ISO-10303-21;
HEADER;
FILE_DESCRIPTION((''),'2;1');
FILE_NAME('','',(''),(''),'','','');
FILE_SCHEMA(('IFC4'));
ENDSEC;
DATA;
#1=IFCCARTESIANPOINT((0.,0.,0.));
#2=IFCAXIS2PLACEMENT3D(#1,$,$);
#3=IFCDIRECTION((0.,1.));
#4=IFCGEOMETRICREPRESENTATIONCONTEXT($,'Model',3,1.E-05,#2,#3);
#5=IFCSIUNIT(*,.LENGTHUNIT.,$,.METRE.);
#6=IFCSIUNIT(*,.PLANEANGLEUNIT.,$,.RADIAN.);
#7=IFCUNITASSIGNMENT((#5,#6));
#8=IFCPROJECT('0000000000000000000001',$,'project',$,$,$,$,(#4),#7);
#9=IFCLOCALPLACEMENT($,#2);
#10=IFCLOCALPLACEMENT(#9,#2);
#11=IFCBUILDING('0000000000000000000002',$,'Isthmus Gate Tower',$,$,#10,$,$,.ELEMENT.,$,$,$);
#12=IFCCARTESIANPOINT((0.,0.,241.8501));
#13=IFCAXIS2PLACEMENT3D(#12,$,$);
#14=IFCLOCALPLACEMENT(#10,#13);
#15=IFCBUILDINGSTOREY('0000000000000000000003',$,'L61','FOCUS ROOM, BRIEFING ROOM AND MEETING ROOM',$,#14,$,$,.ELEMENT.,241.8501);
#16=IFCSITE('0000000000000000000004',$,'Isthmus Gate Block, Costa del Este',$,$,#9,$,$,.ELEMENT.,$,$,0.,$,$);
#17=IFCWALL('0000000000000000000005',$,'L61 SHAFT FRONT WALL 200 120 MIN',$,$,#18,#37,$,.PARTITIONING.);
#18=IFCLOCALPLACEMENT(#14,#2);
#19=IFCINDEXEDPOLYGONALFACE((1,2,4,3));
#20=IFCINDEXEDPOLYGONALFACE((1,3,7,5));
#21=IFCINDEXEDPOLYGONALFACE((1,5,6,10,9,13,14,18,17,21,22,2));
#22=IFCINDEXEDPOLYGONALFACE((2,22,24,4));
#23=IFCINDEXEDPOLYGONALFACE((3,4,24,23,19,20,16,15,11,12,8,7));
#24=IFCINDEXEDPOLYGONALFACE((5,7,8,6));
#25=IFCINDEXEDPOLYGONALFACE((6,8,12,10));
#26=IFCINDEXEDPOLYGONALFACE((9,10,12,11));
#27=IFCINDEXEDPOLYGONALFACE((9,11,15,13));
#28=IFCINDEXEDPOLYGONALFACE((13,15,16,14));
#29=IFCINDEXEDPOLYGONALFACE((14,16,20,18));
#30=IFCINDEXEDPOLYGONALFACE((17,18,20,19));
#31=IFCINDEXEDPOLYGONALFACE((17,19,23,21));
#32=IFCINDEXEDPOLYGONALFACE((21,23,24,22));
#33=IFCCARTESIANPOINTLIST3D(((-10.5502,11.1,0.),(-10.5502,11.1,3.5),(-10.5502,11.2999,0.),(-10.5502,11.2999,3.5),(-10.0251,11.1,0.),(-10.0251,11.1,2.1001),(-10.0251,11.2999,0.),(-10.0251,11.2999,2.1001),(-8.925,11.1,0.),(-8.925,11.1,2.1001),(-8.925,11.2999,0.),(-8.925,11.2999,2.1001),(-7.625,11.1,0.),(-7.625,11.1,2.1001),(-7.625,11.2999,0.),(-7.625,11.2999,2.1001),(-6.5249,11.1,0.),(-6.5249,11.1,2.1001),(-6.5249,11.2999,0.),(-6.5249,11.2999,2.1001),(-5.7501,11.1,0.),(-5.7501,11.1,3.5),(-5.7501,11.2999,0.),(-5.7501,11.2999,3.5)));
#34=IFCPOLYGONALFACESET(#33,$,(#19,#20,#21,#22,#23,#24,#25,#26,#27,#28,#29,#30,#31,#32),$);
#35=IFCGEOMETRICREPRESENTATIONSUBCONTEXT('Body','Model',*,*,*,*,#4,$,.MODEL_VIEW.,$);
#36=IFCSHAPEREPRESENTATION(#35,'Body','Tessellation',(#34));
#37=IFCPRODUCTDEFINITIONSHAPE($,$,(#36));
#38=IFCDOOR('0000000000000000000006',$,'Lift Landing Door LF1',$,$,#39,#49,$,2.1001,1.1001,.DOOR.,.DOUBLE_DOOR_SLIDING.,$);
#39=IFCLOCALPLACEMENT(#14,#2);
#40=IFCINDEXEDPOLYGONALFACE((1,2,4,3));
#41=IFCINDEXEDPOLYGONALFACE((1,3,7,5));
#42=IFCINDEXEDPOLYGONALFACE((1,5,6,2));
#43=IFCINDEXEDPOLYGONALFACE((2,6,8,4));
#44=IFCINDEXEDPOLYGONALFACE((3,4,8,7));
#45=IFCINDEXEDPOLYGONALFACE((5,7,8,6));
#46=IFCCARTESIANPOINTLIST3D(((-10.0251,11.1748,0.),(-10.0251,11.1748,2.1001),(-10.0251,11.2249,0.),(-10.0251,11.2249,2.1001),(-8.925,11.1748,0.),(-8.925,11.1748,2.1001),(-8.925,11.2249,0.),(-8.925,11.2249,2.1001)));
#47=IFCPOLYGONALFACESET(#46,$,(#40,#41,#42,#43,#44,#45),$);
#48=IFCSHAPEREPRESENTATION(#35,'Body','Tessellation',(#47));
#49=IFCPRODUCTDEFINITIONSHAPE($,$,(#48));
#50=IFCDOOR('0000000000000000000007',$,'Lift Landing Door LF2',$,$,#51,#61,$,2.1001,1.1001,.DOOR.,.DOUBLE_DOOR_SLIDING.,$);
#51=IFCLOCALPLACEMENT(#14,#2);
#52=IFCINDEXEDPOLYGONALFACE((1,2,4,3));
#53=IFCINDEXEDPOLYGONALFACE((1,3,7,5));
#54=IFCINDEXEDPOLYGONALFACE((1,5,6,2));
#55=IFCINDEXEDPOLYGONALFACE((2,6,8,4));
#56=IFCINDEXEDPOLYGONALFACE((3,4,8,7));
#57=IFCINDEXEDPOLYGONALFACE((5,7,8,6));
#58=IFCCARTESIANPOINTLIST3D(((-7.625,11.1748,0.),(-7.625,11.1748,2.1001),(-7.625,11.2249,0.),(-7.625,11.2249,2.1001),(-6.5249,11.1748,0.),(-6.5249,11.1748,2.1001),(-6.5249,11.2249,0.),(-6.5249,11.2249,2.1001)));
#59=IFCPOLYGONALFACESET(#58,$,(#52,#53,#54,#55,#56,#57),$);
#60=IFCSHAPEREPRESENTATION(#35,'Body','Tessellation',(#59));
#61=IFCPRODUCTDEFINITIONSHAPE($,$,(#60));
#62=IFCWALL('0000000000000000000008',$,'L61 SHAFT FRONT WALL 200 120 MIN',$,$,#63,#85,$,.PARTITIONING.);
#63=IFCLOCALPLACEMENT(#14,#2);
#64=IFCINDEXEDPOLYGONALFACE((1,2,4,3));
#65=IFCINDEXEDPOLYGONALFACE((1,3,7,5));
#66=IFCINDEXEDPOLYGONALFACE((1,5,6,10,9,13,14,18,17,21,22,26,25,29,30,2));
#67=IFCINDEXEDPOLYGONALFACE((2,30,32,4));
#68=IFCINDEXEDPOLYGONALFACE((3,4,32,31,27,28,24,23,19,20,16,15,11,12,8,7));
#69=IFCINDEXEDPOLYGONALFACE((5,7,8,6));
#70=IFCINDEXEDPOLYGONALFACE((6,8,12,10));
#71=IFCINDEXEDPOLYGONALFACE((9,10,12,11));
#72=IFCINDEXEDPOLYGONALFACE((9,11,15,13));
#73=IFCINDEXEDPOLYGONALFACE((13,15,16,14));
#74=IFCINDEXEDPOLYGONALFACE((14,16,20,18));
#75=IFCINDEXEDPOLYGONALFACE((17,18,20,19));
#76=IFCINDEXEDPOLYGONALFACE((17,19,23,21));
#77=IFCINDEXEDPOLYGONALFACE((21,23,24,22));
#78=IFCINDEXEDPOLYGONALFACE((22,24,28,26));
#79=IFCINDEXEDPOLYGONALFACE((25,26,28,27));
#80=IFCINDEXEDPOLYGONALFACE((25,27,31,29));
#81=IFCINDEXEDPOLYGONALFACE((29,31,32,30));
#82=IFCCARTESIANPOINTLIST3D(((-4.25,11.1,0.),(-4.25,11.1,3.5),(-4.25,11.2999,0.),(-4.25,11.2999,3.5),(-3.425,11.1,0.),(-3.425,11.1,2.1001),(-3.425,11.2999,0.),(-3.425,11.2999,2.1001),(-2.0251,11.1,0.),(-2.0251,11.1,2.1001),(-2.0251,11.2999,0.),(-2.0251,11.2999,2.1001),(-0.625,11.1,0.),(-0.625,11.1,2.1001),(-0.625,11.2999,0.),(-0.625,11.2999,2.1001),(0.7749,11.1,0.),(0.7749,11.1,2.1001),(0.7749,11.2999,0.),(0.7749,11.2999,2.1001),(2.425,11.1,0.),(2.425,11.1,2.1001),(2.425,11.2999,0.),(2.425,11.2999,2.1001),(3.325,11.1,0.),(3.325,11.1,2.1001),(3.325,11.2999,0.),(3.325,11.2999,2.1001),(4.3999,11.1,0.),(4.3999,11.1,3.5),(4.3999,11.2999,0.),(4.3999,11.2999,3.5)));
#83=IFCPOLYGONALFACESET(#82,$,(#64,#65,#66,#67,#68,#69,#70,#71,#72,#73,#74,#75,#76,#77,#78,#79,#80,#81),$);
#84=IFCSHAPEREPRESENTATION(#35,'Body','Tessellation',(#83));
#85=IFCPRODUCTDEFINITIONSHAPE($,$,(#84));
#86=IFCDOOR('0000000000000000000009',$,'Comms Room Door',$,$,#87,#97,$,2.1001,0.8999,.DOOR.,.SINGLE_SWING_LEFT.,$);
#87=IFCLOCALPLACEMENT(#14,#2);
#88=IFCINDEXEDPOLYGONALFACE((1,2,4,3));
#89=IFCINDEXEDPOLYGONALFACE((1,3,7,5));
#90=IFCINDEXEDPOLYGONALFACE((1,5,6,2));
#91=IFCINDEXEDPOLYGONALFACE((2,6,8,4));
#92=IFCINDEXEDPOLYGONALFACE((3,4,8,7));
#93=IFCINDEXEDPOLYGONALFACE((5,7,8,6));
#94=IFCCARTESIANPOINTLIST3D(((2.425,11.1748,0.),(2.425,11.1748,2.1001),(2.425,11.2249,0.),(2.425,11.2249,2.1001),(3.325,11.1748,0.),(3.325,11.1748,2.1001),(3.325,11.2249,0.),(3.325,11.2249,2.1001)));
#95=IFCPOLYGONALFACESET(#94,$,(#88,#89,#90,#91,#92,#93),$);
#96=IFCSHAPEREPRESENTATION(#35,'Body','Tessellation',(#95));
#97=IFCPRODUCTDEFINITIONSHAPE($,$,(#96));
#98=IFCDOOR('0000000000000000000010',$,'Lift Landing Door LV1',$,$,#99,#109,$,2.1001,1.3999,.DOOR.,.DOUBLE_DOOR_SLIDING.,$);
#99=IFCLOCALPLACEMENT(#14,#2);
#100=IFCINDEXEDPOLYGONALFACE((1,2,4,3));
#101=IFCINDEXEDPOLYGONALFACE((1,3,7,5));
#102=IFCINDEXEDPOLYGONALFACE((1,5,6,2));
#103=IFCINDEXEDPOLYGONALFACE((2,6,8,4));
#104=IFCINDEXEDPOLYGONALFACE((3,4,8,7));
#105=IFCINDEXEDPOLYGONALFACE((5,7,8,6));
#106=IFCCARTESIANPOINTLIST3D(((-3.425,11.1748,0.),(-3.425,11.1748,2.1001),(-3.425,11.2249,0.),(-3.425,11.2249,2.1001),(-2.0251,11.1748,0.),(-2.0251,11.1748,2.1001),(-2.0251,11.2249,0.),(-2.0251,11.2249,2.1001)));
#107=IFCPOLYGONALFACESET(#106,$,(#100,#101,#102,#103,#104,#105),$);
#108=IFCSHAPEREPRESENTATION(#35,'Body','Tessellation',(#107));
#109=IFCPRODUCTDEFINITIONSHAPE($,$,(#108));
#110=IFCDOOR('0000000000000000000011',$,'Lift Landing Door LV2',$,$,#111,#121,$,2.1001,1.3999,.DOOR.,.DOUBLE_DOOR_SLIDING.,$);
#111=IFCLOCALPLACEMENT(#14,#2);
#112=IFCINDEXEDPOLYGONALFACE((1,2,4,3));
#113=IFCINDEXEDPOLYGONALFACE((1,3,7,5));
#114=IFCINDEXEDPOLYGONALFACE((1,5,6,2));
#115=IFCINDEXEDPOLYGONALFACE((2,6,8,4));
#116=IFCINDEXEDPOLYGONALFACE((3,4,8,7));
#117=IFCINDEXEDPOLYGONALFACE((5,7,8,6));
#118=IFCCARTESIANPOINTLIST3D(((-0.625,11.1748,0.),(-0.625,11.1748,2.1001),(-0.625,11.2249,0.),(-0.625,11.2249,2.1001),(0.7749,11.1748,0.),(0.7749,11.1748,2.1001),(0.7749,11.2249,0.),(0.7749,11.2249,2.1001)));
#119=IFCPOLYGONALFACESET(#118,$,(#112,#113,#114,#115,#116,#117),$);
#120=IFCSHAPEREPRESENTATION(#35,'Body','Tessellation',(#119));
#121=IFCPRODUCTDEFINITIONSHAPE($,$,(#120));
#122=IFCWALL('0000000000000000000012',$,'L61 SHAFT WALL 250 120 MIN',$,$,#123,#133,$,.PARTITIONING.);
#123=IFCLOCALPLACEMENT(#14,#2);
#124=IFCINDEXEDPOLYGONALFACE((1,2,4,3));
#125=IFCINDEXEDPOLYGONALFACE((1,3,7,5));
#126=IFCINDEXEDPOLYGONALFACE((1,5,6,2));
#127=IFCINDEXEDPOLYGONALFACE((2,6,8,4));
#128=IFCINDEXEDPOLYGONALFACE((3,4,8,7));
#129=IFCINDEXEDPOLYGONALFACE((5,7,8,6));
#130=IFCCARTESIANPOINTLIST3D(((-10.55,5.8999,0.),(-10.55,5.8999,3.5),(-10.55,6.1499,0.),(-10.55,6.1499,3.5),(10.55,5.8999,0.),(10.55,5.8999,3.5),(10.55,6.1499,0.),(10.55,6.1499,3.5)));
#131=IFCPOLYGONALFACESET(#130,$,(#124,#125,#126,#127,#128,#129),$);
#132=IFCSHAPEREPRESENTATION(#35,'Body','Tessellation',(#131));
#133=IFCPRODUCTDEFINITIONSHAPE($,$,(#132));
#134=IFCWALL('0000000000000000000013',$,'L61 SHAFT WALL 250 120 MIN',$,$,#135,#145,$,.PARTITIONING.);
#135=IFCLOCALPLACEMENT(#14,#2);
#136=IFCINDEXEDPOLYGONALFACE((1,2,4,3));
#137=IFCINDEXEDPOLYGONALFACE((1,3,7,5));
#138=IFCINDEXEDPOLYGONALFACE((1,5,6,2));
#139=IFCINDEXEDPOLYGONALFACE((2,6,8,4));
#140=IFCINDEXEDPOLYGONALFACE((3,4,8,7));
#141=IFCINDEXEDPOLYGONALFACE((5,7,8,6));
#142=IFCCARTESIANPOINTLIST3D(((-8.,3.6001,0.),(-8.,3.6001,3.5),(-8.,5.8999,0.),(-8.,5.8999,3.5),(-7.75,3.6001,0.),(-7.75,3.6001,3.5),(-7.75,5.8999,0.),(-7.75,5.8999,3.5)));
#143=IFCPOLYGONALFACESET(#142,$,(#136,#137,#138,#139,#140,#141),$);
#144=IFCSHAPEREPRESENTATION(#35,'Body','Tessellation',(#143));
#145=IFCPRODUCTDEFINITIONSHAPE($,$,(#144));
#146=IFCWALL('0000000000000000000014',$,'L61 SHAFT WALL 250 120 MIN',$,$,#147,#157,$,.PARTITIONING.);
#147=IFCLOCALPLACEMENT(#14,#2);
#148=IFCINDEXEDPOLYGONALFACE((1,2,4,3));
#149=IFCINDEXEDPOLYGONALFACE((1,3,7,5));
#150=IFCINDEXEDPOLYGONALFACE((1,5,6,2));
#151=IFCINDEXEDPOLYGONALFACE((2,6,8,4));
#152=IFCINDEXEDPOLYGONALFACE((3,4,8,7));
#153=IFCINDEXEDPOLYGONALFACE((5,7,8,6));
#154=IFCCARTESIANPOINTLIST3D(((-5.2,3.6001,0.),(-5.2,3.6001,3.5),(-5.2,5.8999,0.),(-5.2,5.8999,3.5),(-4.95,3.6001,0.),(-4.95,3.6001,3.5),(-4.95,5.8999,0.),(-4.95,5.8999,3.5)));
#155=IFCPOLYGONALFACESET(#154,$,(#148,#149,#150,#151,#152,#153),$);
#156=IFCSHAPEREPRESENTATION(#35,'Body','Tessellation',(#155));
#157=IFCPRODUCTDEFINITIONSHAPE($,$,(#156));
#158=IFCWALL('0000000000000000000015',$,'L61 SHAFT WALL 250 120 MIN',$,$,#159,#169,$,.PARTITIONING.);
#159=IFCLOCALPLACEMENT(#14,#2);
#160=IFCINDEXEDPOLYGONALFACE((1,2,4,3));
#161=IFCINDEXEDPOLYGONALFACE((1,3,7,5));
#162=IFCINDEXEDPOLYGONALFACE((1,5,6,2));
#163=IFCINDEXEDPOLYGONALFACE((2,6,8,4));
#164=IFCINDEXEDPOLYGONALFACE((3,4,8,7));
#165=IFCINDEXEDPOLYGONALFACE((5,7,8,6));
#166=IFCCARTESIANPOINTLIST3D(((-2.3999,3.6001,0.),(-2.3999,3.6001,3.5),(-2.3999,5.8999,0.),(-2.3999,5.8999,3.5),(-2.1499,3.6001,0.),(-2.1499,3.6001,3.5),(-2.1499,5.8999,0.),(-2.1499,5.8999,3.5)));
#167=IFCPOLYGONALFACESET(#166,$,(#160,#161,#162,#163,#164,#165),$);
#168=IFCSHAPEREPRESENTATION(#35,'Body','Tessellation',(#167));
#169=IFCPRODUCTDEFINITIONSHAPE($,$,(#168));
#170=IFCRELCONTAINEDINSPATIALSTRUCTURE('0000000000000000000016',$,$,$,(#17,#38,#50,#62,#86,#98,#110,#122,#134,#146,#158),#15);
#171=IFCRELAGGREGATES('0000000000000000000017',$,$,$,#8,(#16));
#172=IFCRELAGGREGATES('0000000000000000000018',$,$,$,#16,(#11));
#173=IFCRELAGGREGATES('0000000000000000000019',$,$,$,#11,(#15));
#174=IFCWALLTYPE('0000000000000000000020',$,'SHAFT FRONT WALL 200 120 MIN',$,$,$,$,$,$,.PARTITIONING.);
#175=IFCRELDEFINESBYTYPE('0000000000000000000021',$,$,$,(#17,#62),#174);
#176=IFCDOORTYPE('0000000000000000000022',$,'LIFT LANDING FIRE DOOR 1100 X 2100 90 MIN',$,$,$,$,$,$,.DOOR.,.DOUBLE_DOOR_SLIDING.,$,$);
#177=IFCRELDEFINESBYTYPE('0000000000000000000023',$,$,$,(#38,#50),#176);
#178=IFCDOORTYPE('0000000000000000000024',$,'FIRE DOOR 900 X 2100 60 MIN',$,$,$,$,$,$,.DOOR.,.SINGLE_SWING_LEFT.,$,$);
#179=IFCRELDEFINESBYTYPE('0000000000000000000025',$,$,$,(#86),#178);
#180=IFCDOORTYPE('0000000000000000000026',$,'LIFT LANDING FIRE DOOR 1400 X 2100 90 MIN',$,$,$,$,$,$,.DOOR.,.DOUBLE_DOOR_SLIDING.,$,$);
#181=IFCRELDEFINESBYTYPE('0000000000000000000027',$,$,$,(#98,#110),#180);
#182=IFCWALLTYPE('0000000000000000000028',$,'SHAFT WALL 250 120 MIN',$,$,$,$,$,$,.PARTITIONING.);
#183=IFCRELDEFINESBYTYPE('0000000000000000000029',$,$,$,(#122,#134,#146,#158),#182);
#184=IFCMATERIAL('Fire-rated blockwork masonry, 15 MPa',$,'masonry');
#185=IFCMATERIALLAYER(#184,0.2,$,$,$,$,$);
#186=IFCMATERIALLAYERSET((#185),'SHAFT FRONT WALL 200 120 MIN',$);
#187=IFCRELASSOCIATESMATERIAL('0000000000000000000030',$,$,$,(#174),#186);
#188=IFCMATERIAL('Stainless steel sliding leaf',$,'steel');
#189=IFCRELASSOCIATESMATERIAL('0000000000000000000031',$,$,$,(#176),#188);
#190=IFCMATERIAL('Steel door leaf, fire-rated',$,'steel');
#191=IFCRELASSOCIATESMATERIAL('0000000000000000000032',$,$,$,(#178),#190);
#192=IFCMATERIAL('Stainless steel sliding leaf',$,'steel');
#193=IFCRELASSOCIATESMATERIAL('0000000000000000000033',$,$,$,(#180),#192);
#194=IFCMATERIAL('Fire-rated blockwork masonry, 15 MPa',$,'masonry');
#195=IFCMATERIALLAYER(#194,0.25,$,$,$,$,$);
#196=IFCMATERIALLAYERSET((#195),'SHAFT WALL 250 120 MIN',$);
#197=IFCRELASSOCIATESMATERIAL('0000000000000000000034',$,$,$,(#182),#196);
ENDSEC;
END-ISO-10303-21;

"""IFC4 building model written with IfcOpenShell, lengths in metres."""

from ifc_helpers import new_model, si_unit, direction, frame, frame_2d, origin, place, context, subcontext, project, spatial, rectangle, extrude, material, layer, layer_set, type_object, element, fill, save


model = new_model("IFC4")

# Units and contexts
model_context = context("Model", 3, precision=1e-05, world=origin(), true_north=direction((0.0, 1.0)))
body_context = subcontext(model_context, "Body", "Model", "MODEL_VIEW")
ifc_project = project(units=[si_unit("LENGTHUNIT", "METRE"), si_unit("PLANEANGLEUNIT", "RADIAN")], contexts=[model_context])

# Site, building, storey
site_placement = place(None, origin())
site = spatial("IfcSite", under=ifc_project, at=site_placement, Name="Isthmus Gate Block, Costa del Este", CompositionType="ELEMENT", RefElevation=0.0)
building_placement = place(site_placement, origin())
building = spatial("IfcBuilding", under=site, at=building_placement, Name="Isthmus Gate Tower", CompositionType="ELEMENT")
storey_placement = place(building_placement, frame((0.0, 0.0, 241.8501)))
storey = spatial("IfcBuildingStorey", under=building, at=storey_placement, Name="L61", Description="FOCUS ROOM, BRIEFING ROOM AND MEETING ROOM", CompositionType="ELEMENT", Elevation=241.8501)

# Walls, openings, doors
ifc_material_1 = material(Name="Fire-rated blockwork masonry, 15 MPa", Category="masonry")
ifc_layer_1 = layer(ifc_material_1, 0.2)
ifc_layer_set_1 = layer_set([ifc_layer_1], Name="SHAFT FRONT WALL 200 120 MIN")
wall_type_1 = type_object("IfcWallType", Name="SHAFT FRONT WALL 200 120 MIN", PredefinedType="PARTITIONING", material=ifc_layer_set_1)
wall_1_placement = place(storey_placement, frame((-10.55, 11.2, 0.0), z_axis=(0.0, 0.0, 1.0), x_axis=(1.0, 0.0, 0.0)))
wall_1 = element("IfcWall", 1, at=wall_1_placement, inside=storey, type_object=wall_type_1, Name="L61 SHAFT FRONT WALL 200 120 MIN", PredefinedType="PARTITIONING", context=body_context, shape_type="SweptSolid", body=[
    extrude(rectangle(XDim=4.8, YDim=0.2, at=frame_2d((2.3999, 0.0))), origin(), (0.0, 0.0, 1.0), 3.5),
])
opening_1_placement = place(wall_1_placement, frame((0.5249, 0.0, 0.0)))
opening_1 = element("IfcOpeningElement", 2, at=opening_1_placement, cuts=wall_1, PredefinedType="OPENING", context=body_context, shape_type="SweptSolid", body=[
    extrude(rectangle(XDim=1.1001, YDim=2.1001, at=frame_2d((0.55, 1.05))), frame((0.0, 0.1099, 0.0), z_axis=(0.0, -1.0, 0.0), x_axis=(1.0, 0.0, 0.0)), (0.0, 0.0, 1.0), 0.22),
])
opening_2_placement = place(wall_1_placement, frame((2.925, 0.0, 0.0)))
opening_2 = element("IfcOpeningElement", 3, at=opening_2_placement, cuts=wall_1, PredefinedType="OPENING", context=body_context, shape_type="SweptSolid", body=[
    extrude(rectangle(XDim=1.1001, YDim=2.1001, at=frame_2d((0.55, 1.05))), frame((0.0, 0.1099, 0.0), z_axis=(0.0, -1.0, 0.0), x_axis=(1.0, 0.0, 0.0)), (0.0, 0.0, 1.0), 0.22),
])
ifc_material_2 = material(Name="Stainless steel sliding leaf", Category="steel")
door_type_1 = type_object("IfcDoorType", Name="LIFT LANDING FIRE DOOR 1100 X 2100 90 MIN", OperationType="DOUBLE_DOOR_SLIDING", PredefinedType="DOOR", material=ifc_material_2)
door_1_placement = place(opening_1_placement, origin())
door_1 = element("IfcDoor", 4, at=door_1_placement, inside=storey, type_object=door_type_1, Name="Lift Landing Door LF1", OperationType="DOUBLE_DOOR_SLIDING", OverallHeight=2.1001, OverallWidth=1.1001, PredefinedType="DOOR", context=body_context, shape_type="SweptSolid", body=[
    extrude(rectangle(XDim=1.1001, YDim=2.1001, at=frame_2d((0.55, 1.05))), frame((0.0, 0.0249, 0.0), z_axis=(0.0, -1.0, 0.0), x_axis=(1.0, 0.0, 0.0)), (0.0, 0.0, 1.0), 0.05),
])
fill(opening_1, door_1)
door_2_placement = place(opening_2_placement, origin())
door_2 = element("IfcDoor", 5, at=door_2_placement, inside=storey, type_object=door_type_1, Name="Lift Landing Door LF2", OperationType="DOUBLE_DOOR_SLIDING", OverallHeight=2.1001, OverallWidth=1.1001, PredefinedType="DOOR", context=body_context, shape_type="SweptSolid", body=[
    extrude(rectangle(XDim=1.1001, YDim=2.1001, at=frame_2d((0.55, 1.05))), frame((0.0, 0.0249, 0.0), z_axis=(0.0, -1.0, 0.0), x_axis=(1.0, 0.0, 0.0)), (0.0, 0.0, 1.0), 0.05),
])
fill(opening_2, door_2)
wall_2_placement = place(storey_placement, frame((-4.25, 11.2, 0.0), z_axis=(0.0, 0.0, 1.0), x_axis=(1.0, 0.0, 0.0)))
wall_2 = element("IfcWall", 6, at=wall_2_placement, inside=storey, type_object=wall_type_1, Name="L61 SHAFT FRONT WALL 200 120 MIN", PredefinedType="PARTITIONING", context=body_context, shape_type="SweptSolid", body=[
    extrude(rectangle(XDim=8.6499, YDim=0.2, at=frame_2d((4.325, 0.0))), origin(), (0.0, 0.0, 1.0), 3.5),
])
opening_3_placement = place(wall_2_placement, frame((0.825, 0.0, 0.0)))
opening_3 = element("IfcOpeningElement", 7, at=opening_3_placement, cuts=wall_2, PredefinedType="OPENING", context=body_context, shape_type="SweptSolid", body=[
    extrude(rectangle(XDim=1.3999, YDim=2.1001, at=frame_2d((0.7, 1.05))), frame((0.0, 0.1099, 0.0), z_axis=(0.0, -1.0, 0.0), x_axis=(1.0, 0.0, 0.0)), (0.0, 0.0, 1.0), 0.22),
])
opening_4_placement = place(wall_2_placement, frame((3.625, 0.0, 0.0)))
opening_4 = element("IfcOpeningElement", 8, at=opening_4_placement, cuts=wall_2, PredefinedType="OPENING", context=body_context, shape_type="SweptSolid", body=[
    extrude(rectangle(XDim=1.3999, YDim=2.1001, at=frame_2d((0.7, 1.05))), frame((0.0, 0.1099, 0.0), z_axis=(0.0, -1.0, 0.0), x_axis=(1.0, 0.0, 0.0)), (0.0, 0.0, 1.0), 0.22),
])
opening_5_placement = place(wall_2_placement, frame((6.675, 0.0, 0.0)))
opening_5 = element("IfcOpeningElement", 9, at=opening_5_placement, cuts=wall_2, PredefinedType="OPENING", context=body_context, shape_type="SweptSolid", body=[
    extrude(rectangle(XDim=0.8999, YDim=2.1001, at=frame_2d((0.45, 1.05))), frame((0.0, 0.1099, 0.0), z_axis=(0.0, -1.0, 0.0), x_axis=(1.0, 0.0, 0.0)), (0.0, 0.0, 1.0), 0.22),
])
ifc_material_3 = material(Name="Steel door leaf, fire-rated", Category="steel")
door_type_2 = type_object("IfcDoorType", Name="FIRE DOOR 900 X 2100 60 MIN", OperationType="SINGLE_SWING_LEFT", PredefinedType="DOOR", material=ifc_material_3)
door_3_placement = place(opening_5_placement, origin())
door_3 = element("IfcDoor", 10, at=door_3_placement, inside=storey, type_object=door_type_2, Name="Comms Room Door", OperationType="SINGLE_SWING_LEFT", OverallHeight=2.1001, OverallWidth=0.8999, PredefinedType="DOOR", context=body_context, shape_type="SweptSolid", body=[
    extrude(rectangle(XDim=0.8999, YDim=2.1001, at=frame_2d((0.45, 1.05))), frame((0.0, 0.0249, 0.0), z_axis=(0.0, -1.0, 0.0), x_axis=(1.0, 0.0, 0.0)), (0.0, 0.0, 1.0), 0.05),
])
fill(opening_5, door_3)
ifc_material_4 = material(Name="Stainless steel sliding leaf", Category="steel")
door_type_3 = type_object("IfcDoorType", Name="LIFT LANDING FIRE DOOR 1400 X 2100 90 MIN", OperationType="DOUBLE_DOOR_SLIDING", PredefinedType="DOOR", material=ifc_material_4)
door_4_placement = place(opening_3_placement, origin())
door_4 = element("IfcDoor", 11, at=door_4_placement, inside=storey, type_object=door_type_3, Name="Lift Landing Door LV1", OperationType="DOUBLE_DOOR_SLIDING", OverallHeight=2.1001, OverallWidth=1.3999, PredefinedType="DOOR", context=body_context, shape_type="SweptSolid", body=[
    extrude(rectangle(XDim=1.3999, YDim=2.1001, at=frame_2d((0.7, 1.05))), frame((0.0, 0.0249, 0.0), z_axis=(0.0, -1.0, 0.0), x_axis=(1.0, 0.0, 0.0)), (0.0, 0.0, 1.0), 0.05),
])
fill(opening_3, door_4)
door_5_placement = place(opening_4_placement, origin())
door_5 = element("IfcDoor", 12, at=door_5_placement, inside=storey, type_object=door_type_3, Name="Lift Landing Door LV2", OperationType="DOUBLE_DOOR_SLIDING", OverallHeight=2.1001, OverallWidth=1.3999, PredefinedType="DOOR", context=body_context, shape_type="SweptSolid", body=[
    extrude(rectangle(XDim=1.3999, YDim=2.1001, at=frame_2d((0.7, 1.05))), frame((0.0, 0.0249, 0.0), z_axis=(0.0, -1.0, 0.0), x_axis=(1.0, 0.0, 0.0)), (0.0, 0.0, 1.0), 0.05),
])
fill(opening_4, door_5)

# Walls
ifc_material_5 = material(Name="Fire-rated blockwork masonry, 15 MPa", Category="masonry")
ifc_layer_2 = layer(ifc_material_5, 0.25)
ifc_layer_set_2 = layer_set([ifc_layer_2], Name="SHAFT WALL 250 120 MIN")
wall_type_2 = type_object("IfcWallType", Name="SHAFT WALL 250 120 MIN", PredefinedType="PARTITIONING", material=ifc_layer_set_2)
wall_3_placement = place(storey_placement, frame((-10.55, 6.0249, 0.0), z_axis=(0.0, 0.0, 1.0), x_axis=(1.0, 0.0, 0.0)))
element("IfcWall", 13, at=wall_3_placement, inside=storey, type_object=wall_type_2, Name="L61 SHAFT WALL 250 120 MIN", PredefinedType="PARTITIONING", context=body_context, shape_type="SweptSolid", body=[
    extrude(rectangle(XDim=21.1001, YDim=0.25, at=frame_2d((10.55, 0.0))), origin(), (0.0, 0.0, 1.0), 3.5),
])
for number, where, z_axis, x_axis, name in (
    (14, (-7.875, 3.6001, 0.0), (0.0, 0.0, 1.0), (0.0, 1.0, 0.0), "L61 SHAFT WALL 250 120 MIN"),
    (15, (-5.075, 3.6001, 0.0), (0.0, 0.0, 1.0), (0.0, 1.0, 0.0), "L61 SHAFT WALL 250 120 MIN"),
    (16, (-2.2749, 3.6001, 0.0), (0.0, 0.0, 1.0), (0.0, 1.0, 0.0), "L61 SHAFT WALL 250 120 MIN"),
):
    element("IfcWall", number, at=place(storey_placement, frame(where, z_axis=z_axis, x_axis=x_axis)), inside=storey, type_object=wall_type_2, Name=name, PredefinedType="PARTITIONING", context=body_context, shape_type="SweptSolid", body=[
        extrude(rectangle(XDim=2.2998, YDim=0.25, at=frame_2d((1.1499, 0.0))), origin(), (0.0, 0.0, 1.0), 3.5),
    ])

save(model, "model.ifc")
